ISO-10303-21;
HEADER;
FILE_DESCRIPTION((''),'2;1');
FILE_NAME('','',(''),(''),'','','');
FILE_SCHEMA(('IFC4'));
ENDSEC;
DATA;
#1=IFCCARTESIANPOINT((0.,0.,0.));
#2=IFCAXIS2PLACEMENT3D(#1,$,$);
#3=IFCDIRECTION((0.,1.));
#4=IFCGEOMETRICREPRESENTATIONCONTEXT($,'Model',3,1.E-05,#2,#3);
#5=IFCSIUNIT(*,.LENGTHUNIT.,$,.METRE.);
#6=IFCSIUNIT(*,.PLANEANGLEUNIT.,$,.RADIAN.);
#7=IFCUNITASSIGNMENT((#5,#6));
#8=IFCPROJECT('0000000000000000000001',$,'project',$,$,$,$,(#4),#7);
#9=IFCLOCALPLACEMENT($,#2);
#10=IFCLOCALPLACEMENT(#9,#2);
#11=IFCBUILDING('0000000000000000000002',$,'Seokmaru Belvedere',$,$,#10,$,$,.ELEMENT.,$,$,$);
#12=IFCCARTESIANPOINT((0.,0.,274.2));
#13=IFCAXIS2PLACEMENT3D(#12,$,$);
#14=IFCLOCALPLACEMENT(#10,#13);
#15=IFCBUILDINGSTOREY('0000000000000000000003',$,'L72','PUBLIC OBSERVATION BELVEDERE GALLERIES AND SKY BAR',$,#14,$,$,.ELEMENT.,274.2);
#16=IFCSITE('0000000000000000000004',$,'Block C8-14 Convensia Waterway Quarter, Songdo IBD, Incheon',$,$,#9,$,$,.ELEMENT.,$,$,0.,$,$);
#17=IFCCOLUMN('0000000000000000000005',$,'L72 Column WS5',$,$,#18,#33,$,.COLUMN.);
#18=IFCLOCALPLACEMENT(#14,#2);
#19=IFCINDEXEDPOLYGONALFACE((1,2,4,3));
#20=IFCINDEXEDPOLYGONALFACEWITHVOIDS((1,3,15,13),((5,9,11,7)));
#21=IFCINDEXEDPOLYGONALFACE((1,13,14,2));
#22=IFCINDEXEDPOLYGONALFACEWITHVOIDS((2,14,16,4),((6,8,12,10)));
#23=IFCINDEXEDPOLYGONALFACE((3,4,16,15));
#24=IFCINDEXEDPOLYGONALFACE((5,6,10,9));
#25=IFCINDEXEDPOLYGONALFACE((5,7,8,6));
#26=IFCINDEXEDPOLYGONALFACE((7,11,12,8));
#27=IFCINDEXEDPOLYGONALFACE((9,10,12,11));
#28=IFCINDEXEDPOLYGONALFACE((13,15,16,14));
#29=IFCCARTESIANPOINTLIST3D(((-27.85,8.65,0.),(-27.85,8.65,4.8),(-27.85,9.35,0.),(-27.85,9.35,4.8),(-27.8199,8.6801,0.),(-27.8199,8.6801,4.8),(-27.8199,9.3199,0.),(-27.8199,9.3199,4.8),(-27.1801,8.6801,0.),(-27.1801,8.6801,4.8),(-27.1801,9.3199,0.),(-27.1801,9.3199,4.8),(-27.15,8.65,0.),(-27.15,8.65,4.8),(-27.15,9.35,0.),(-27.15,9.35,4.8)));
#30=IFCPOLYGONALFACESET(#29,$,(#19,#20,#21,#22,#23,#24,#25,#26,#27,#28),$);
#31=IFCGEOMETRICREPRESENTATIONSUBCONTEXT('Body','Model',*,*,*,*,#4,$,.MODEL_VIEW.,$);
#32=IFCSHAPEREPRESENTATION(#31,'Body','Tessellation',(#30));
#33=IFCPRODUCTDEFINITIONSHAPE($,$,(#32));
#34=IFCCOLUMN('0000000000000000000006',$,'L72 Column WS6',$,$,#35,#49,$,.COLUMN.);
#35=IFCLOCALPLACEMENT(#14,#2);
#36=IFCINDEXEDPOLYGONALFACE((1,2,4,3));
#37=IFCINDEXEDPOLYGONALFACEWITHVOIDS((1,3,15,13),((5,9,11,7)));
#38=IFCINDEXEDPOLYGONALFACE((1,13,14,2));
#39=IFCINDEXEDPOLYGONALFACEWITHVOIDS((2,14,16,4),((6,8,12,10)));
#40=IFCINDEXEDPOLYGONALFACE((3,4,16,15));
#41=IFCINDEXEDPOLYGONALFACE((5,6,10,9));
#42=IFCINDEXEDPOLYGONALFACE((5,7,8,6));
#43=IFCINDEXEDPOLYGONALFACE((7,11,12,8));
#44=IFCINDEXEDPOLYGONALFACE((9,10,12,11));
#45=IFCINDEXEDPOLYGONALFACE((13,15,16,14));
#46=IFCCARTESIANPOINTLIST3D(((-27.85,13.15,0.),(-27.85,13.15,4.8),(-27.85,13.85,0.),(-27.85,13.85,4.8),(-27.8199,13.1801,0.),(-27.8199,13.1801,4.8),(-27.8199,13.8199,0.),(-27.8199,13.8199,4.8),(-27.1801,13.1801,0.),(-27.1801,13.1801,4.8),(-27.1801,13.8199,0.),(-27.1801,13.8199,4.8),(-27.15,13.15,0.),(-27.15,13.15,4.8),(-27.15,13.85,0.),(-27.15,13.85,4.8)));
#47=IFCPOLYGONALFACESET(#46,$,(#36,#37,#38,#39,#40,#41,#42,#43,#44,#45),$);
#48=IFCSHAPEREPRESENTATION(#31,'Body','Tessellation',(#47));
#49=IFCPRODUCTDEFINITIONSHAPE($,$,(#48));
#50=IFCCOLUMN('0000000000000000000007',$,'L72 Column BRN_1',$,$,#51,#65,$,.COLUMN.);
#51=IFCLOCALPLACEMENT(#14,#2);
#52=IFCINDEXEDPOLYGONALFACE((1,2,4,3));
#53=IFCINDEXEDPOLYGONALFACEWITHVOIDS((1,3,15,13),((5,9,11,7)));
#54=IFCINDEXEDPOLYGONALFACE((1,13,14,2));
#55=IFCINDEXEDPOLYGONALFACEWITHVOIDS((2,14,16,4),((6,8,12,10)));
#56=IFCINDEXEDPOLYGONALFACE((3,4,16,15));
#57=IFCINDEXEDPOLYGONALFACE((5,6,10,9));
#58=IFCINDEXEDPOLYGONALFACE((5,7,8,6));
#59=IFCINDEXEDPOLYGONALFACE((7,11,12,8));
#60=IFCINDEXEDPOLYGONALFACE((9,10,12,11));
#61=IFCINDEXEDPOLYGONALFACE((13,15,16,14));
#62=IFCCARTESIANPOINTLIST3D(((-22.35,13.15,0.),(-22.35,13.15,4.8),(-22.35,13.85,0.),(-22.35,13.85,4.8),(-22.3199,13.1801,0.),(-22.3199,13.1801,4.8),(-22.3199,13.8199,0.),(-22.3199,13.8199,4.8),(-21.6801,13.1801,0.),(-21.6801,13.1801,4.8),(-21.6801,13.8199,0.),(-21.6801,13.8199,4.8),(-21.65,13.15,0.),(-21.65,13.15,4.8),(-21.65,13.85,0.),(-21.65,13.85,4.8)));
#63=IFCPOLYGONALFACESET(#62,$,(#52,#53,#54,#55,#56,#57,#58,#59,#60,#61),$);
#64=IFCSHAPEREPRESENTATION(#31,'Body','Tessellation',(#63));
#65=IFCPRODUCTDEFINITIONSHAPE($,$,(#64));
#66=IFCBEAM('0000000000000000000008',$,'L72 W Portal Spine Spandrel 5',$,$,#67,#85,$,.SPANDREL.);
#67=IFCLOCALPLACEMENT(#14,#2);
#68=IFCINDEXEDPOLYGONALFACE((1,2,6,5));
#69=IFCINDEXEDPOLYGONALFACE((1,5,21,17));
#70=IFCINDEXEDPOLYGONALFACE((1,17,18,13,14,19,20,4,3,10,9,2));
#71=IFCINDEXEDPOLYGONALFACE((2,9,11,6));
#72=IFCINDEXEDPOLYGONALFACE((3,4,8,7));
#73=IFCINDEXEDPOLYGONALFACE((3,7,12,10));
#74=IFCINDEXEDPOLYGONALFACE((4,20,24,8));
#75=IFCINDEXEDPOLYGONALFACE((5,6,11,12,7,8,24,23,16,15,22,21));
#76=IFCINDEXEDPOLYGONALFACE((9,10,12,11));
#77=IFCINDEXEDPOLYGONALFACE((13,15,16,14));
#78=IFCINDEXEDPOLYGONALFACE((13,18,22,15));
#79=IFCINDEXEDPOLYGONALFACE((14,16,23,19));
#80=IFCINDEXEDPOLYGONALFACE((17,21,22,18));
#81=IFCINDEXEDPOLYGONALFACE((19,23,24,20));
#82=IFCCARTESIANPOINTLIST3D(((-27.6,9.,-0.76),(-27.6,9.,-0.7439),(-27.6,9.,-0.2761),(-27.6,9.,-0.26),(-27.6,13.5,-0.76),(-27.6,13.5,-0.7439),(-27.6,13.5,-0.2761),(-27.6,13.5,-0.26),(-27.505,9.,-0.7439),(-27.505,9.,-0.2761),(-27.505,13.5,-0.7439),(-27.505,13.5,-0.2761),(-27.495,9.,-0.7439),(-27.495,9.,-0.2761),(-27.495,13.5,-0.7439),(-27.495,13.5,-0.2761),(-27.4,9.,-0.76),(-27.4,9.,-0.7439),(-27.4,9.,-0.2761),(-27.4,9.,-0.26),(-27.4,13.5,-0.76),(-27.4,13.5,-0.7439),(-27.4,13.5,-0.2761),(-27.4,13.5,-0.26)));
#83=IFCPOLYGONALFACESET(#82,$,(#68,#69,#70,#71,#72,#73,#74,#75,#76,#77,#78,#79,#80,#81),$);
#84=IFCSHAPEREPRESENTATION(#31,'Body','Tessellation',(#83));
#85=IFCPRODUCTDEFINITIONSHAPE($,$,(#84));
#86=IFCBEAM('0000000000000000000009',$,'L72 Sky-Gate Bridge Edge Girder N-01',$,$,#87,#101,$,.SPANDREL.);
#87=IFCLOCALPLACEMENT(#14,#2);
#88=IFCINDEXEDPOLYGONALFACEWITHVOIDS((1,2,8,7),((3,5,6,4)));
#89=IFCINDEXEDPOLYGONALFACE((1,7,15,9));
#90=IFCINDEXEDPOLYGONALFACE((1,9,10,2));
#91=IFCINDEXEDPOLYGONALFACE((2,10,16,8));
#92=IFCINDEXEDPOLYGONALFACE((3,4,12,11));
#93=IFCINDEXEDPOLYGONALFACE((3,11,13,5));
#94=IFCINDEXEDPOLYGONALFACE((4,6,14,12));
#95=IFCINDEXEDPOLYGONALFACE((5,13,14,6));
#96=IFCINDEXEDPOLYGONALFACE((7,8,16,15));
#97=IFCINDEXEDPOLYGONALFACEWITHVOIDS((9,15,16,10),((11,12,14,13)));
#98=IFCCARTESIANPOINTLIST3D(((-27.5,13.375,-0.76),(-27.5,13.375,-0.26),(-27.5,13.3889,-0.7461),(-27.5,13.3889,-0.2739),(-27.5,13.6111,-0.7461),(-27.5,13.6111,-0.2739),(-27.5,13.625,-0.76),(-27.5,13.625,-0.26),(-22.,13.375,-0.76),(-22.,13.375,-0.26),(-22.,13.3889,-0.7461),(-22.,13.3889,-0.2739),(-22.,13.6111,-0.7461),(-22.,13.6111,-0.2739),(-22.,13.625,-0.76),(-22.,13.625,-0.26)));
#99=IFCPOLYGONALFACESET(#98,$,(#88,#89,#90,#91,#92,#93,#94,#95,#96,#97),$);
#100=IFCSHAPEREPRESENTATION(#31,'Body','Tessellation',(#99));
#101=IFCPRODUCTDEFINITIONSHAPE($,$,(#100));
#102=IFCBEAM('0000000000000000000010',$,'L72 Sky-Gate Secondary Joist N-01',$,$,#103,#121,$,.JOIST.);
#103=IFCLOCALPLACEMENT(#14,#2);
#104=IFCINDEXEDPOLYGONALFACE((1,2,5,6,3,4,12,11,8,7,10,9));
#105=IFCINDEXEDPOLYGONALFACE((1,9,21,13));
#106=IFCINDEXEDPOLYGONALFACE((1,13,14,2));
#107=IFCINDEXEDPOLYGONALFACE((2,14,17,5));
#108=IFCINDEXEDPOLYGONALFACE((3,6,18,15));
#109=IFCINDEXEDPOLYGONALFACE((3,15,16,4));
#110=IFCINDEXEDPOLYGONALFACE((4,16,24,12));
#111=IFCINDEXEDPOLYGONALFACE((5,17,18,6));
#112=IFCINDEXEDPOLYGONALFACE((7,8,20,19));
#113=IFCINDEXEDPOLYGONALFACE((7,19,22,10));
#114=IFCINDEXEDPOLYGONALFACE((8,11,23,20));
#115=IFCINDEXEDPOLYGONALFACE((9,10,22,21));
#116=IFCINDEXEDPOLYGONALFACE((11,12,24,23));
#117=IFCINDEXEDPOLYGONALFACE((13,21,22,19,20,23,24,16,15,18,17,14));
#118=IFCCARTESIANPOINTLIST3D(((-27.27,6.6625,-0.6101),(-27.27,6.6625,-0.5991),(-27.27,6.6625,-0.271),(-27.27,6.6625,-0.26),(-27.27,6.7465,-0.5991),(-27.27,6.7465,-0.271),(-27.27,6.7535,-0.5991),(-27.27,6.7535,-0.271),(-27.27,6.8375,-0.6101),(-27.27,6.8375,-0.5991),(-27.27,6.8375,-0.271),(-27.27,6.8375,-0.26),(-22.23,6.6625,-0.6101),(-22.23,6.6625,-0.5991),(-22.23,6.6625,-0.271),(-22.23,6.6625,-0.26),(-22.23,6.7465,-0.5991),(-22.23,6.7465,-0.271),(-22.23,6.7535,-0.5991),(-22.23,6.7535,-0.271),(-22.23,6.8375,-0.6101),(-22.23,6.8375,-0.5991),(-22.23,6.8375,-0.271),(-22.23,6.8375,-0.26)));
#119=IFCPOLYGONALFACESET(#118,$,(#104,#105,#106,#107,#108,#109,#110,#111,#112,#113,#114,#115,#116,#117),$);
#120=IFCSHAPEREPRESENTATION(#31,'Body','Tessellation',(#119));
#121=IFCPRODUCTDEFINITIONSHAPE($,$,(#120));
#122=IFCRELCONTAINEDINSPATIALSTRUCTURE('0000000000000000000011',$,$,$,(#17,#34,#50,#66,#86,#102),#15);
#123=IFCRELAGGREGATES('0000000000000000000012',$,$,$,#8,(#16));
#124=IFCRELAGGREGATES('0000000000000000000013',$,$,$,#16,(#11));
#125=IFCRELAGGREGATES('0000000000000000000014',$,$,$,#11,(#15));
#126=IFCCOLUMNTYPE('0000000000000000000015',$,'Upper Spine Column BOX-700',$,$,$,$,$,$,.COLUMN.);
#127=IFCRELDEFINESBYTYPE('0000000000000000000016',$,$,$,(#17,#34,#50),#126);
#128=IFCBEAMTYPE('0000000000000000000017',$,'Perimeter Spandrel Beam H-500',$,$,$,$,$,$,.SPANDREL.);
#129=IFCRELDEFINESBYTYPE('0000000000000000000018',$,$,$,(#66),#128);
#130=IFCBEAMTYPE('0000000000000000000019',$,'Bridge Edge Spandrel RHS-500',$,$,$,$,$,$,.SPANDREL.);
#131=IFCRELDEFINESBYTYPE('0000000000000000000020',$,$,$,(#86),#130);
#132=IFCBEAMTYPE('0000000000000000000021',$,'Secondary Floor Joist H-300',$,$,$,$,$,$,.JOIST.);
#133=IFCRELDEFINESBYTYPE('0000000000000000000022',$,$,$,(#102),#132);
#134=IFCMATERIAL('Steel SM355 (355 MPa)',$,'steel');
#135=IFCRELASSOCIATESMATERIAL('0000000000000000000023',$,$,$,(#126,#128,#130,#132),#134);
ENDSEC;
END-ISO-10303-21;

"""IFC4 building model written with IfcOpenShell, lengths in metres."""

from ifc_helpers import new_model, si_unit, direction, frame, origin, origin_2d, place, context, subcontext, project, spatial, hollow_rectangle, i_section, extrude, source, transform, mapped, material, material_profile, profile_set, type_object, type_shapes, element, save


model = new_model("IFC4")

# Units and contexts
model_context = context("Model", 3, precision=1e-05, world=origin(), true_north=direction((0.0, 1.0)))
body_context = subcontext(model_context, "Body", "Model", "MODEL_VIEW")
ifc_project = project(units=[si_unit("LENGTHUNIT", "METRE"), si_unit("PLANEANGLEUNIT", "RADIAN")], contexts=[model_context])

# Site, building, storey
site_placement = place(None, origin())
site = spatial("IfcSite", under=ifc_project, at=site_placement, Name="Block C8-14 Convensia Waterway Quarter, Songdo IBD, Incheon", CompositionType="ELEMENT", RefElevation=0.0)
building_placement = place(site_placement, origin())
building = spatial("IfcBuilding", under=site, at=building_placement, Name="Seokmaru Belvedere", CompositionType="ELEMENT")
storey_placement = place(building_placement, frame((0.0, 0.0, 274.2)))
storey = spatial("IfcBuildingStorey", under=building, at=storey_placement, Name="L72", Description="PUBLIC OBSERVATION BELVEDERE GALLERIES AND SKY BAR", CompositionType="ELEMENT", Elevation=274.2)

# Columns
ifc_material_1 = material(Name="Steel SM355 (355 MPa)", Category="steel")
ifc_material_profile_1 = material_profile(ifc_material_1, hollow_rectangle(XDim=0.7, YDim=0.7, WallThickness=0.03, at=origin_2d()), Name="BOX-700x700x30")
ifc_profile_set_1 = profile_set([ifc_material_profile_1], Name="Steel SM355 (355 MPa)")
column_type = type_object("IfcColumnType", Name="Upper Spine Column BOX-700", PredefinedType="COLUMN", material=ifc_profile_set_1)
shared_shape_1 = source(origin(), body_context, "Body", "SweptSolid", [
    extrude(hollow_rectangle(XDim=0.7, YDim=0.7, WallThickness=0.03, at=origin_2d()), origin(), (0.0, 0.0, 1.0), 4.8),
])
type_shapes(column_type, [shared_shape_1])
for number, where, z_axis, x_axis, name in (
    (1, (-27.5, 9.0, 0.0), (0.0, 0.0, 1.0), (1.0, 0.0, 0.0), "L72 Column WS5"),
    (2, (-27.5, 13.5, 0.0), (0.0, 0.0, 1.0), (1.0, 0.0, 0.0), "L72 Column WS6"),
    (3, (-22.0, 13.5, 0.0), (0.0, 0.0, 1.0), (1.0, 0.0, 0.0), "L72 Column BRN_1"),
):
    element("IfcColumn", number, at=place(storey_placement, frame(where, z_axis=z_axis, x_axis=x_axis)), inside=storey, type_object=column_type, Name=name, PredefinedType="COLUMN", context=body_context, shape_type="MappedRepresentation", body=[
        mapped(shared_shape_1, transform((0.0, 0.0, 0.0), scale=1.0)),
    ])

# Beams
ifc_material_profile_2 = material_profile(ifc_material_1, i_section(OverallWidth=0.2, OverallDepth=0.5, WebThickness=0.01, FlangeThickness=0.0161, at=origin_2d()), Name="H-500x200x10x16")
ifc_profile_set_2 = profile_set([ifc_material_profile_2], Name="Steel SM355 (355 MPa)")
beam_type_1 = type_object("IfcBeamType", Name="Perimeter Spandrel Beam H-500", PredefinedType="SPANDREL", material=ifc_profile_set_2)
shared_shape_2 = source(origin(), body_context, "Body", "SweptSolid", [
    extrude(i_section(OverallWidth=0.2, OverallDepth=0.5, WebThickness=0.01, FlangeThickness=0.0161, at=origin_2d()), origin(), (0.0, 0.0, 1.0), 4.5),
])
type_shapes(beam_type_1, [shared_shape_2])
beam_1_placement = place(storey_placement, frame((-27.5, 9.0, -0.51), z_axis=(0.0, 1.0, 0.0), x_axis=(-1.0, 0.0, 0.0)))
element("IfcBeam", 4, at=beam_1_placement, inside=storey, type_object=beam_type_1, Name="L72 W Portal Spine Spandrel 5", PredefinedType="SPANDREL", context=body_context, shape_type="MappedRepresentation", body=[
    mapped(shared_shape_2, transform((0.0, 0.0, 0.0), scale=1.0)),
])
ifc_material_profile_3 = material_profile(ifc_material_1, hollow_rectangle(XDim=0.25, YDim=0.5, WallThickness=0.0139, at=origin_2d()), Name="RHS-500x250x14")
ifc_profile_set_3 = profile_set([ifc_material_profile_3], Name="Steel SM355 (355 MPa)")
beam_type_2 = type_object("IfcBeamType", Name="Bridge Edge Spandrel RHS-500", PredefinedType="SPANDREL", material=ifc_profile_set_3)
shared_shape_3 = source(origin(), body_context, "Body", "SweptSolid", [
    extrude(hollow_rectangle(XDim=0.25, YDim=0.5, WallThickness=0.0139, at=origin_2d()), origin(), (0.0, 0.0, 1.0), 5.5),
])
type_shapes(beam_type_2, [shared_shape_3])
beam_2_placement = place(storey_placement, frame((-27.5, 13.5, -0.51), z_axis=(1.0, 0.0, 0.0), x_axis=(0.0, 1.0, 0.0)))
element("IfcBeam", 5, at=beam_2_placement, inside=storey, type_object=beam_type_2, Name="L72 Sky-Gate Bridge Edge Girder N-01", PredefinedType="SPANDREL", context=body_context, shape_type="MappedRepresentation", body=[
    mapped(shared_shape_3, transform((0.0, 0.0, 0.0), scale=1.0)),
])
ifc_material_profile_4 = material_profile(ifc_material_1, i_section(OverallWidth=0.175, OverallDepth=0.3501, WebThickness=0.0071, FlangeThickness=0.011, at=origin_2d()), Name="H-350x175x7x11")
ifc_profile_set_4 = profile_set([ifc_material_profile_4], Name="Steel SM355 (355 MPa)")
beam_type_3 = type_object("IfcBeamType", Name="Secondary Floor Joist H-300", PredefinedType="JOIST", material=ifc_profile_set_4)
shared_shape_4 = source(origin(), body_context, "Body", "SweptSolid", [
    extrude(i_section(OverallWidth=0.175, OverallDepth=0.3501, WebThickness=0.0071, FlangeThickness=0.011, at=origin_2d()), origin(), (0.0, 0.0, 1.0), 5.04),
])
type_shapes(beam_type_3, [shared_shape_4])
beam_3_placement = place(storey_placement, frame((-27.27, 6.75, -0.4351), z_axis=(1.0, 0.0, 0.0), x_axis=(0.0, 1.0, 0.0)))
element("IfcBeam", 6, at=beam_3_placement, inside=storey, type_object=beam_type_3, Name="L72 Sky-Gate Secondary Joist N-01", PredefinedType="JOIST", context=body_context, shape_type="MappedRepresentation", body=[
    mapped(shared_shape_4, transform((0.0, 0.0, 0.0), scale=1.0)),
])

save(model, "model.ifc")
